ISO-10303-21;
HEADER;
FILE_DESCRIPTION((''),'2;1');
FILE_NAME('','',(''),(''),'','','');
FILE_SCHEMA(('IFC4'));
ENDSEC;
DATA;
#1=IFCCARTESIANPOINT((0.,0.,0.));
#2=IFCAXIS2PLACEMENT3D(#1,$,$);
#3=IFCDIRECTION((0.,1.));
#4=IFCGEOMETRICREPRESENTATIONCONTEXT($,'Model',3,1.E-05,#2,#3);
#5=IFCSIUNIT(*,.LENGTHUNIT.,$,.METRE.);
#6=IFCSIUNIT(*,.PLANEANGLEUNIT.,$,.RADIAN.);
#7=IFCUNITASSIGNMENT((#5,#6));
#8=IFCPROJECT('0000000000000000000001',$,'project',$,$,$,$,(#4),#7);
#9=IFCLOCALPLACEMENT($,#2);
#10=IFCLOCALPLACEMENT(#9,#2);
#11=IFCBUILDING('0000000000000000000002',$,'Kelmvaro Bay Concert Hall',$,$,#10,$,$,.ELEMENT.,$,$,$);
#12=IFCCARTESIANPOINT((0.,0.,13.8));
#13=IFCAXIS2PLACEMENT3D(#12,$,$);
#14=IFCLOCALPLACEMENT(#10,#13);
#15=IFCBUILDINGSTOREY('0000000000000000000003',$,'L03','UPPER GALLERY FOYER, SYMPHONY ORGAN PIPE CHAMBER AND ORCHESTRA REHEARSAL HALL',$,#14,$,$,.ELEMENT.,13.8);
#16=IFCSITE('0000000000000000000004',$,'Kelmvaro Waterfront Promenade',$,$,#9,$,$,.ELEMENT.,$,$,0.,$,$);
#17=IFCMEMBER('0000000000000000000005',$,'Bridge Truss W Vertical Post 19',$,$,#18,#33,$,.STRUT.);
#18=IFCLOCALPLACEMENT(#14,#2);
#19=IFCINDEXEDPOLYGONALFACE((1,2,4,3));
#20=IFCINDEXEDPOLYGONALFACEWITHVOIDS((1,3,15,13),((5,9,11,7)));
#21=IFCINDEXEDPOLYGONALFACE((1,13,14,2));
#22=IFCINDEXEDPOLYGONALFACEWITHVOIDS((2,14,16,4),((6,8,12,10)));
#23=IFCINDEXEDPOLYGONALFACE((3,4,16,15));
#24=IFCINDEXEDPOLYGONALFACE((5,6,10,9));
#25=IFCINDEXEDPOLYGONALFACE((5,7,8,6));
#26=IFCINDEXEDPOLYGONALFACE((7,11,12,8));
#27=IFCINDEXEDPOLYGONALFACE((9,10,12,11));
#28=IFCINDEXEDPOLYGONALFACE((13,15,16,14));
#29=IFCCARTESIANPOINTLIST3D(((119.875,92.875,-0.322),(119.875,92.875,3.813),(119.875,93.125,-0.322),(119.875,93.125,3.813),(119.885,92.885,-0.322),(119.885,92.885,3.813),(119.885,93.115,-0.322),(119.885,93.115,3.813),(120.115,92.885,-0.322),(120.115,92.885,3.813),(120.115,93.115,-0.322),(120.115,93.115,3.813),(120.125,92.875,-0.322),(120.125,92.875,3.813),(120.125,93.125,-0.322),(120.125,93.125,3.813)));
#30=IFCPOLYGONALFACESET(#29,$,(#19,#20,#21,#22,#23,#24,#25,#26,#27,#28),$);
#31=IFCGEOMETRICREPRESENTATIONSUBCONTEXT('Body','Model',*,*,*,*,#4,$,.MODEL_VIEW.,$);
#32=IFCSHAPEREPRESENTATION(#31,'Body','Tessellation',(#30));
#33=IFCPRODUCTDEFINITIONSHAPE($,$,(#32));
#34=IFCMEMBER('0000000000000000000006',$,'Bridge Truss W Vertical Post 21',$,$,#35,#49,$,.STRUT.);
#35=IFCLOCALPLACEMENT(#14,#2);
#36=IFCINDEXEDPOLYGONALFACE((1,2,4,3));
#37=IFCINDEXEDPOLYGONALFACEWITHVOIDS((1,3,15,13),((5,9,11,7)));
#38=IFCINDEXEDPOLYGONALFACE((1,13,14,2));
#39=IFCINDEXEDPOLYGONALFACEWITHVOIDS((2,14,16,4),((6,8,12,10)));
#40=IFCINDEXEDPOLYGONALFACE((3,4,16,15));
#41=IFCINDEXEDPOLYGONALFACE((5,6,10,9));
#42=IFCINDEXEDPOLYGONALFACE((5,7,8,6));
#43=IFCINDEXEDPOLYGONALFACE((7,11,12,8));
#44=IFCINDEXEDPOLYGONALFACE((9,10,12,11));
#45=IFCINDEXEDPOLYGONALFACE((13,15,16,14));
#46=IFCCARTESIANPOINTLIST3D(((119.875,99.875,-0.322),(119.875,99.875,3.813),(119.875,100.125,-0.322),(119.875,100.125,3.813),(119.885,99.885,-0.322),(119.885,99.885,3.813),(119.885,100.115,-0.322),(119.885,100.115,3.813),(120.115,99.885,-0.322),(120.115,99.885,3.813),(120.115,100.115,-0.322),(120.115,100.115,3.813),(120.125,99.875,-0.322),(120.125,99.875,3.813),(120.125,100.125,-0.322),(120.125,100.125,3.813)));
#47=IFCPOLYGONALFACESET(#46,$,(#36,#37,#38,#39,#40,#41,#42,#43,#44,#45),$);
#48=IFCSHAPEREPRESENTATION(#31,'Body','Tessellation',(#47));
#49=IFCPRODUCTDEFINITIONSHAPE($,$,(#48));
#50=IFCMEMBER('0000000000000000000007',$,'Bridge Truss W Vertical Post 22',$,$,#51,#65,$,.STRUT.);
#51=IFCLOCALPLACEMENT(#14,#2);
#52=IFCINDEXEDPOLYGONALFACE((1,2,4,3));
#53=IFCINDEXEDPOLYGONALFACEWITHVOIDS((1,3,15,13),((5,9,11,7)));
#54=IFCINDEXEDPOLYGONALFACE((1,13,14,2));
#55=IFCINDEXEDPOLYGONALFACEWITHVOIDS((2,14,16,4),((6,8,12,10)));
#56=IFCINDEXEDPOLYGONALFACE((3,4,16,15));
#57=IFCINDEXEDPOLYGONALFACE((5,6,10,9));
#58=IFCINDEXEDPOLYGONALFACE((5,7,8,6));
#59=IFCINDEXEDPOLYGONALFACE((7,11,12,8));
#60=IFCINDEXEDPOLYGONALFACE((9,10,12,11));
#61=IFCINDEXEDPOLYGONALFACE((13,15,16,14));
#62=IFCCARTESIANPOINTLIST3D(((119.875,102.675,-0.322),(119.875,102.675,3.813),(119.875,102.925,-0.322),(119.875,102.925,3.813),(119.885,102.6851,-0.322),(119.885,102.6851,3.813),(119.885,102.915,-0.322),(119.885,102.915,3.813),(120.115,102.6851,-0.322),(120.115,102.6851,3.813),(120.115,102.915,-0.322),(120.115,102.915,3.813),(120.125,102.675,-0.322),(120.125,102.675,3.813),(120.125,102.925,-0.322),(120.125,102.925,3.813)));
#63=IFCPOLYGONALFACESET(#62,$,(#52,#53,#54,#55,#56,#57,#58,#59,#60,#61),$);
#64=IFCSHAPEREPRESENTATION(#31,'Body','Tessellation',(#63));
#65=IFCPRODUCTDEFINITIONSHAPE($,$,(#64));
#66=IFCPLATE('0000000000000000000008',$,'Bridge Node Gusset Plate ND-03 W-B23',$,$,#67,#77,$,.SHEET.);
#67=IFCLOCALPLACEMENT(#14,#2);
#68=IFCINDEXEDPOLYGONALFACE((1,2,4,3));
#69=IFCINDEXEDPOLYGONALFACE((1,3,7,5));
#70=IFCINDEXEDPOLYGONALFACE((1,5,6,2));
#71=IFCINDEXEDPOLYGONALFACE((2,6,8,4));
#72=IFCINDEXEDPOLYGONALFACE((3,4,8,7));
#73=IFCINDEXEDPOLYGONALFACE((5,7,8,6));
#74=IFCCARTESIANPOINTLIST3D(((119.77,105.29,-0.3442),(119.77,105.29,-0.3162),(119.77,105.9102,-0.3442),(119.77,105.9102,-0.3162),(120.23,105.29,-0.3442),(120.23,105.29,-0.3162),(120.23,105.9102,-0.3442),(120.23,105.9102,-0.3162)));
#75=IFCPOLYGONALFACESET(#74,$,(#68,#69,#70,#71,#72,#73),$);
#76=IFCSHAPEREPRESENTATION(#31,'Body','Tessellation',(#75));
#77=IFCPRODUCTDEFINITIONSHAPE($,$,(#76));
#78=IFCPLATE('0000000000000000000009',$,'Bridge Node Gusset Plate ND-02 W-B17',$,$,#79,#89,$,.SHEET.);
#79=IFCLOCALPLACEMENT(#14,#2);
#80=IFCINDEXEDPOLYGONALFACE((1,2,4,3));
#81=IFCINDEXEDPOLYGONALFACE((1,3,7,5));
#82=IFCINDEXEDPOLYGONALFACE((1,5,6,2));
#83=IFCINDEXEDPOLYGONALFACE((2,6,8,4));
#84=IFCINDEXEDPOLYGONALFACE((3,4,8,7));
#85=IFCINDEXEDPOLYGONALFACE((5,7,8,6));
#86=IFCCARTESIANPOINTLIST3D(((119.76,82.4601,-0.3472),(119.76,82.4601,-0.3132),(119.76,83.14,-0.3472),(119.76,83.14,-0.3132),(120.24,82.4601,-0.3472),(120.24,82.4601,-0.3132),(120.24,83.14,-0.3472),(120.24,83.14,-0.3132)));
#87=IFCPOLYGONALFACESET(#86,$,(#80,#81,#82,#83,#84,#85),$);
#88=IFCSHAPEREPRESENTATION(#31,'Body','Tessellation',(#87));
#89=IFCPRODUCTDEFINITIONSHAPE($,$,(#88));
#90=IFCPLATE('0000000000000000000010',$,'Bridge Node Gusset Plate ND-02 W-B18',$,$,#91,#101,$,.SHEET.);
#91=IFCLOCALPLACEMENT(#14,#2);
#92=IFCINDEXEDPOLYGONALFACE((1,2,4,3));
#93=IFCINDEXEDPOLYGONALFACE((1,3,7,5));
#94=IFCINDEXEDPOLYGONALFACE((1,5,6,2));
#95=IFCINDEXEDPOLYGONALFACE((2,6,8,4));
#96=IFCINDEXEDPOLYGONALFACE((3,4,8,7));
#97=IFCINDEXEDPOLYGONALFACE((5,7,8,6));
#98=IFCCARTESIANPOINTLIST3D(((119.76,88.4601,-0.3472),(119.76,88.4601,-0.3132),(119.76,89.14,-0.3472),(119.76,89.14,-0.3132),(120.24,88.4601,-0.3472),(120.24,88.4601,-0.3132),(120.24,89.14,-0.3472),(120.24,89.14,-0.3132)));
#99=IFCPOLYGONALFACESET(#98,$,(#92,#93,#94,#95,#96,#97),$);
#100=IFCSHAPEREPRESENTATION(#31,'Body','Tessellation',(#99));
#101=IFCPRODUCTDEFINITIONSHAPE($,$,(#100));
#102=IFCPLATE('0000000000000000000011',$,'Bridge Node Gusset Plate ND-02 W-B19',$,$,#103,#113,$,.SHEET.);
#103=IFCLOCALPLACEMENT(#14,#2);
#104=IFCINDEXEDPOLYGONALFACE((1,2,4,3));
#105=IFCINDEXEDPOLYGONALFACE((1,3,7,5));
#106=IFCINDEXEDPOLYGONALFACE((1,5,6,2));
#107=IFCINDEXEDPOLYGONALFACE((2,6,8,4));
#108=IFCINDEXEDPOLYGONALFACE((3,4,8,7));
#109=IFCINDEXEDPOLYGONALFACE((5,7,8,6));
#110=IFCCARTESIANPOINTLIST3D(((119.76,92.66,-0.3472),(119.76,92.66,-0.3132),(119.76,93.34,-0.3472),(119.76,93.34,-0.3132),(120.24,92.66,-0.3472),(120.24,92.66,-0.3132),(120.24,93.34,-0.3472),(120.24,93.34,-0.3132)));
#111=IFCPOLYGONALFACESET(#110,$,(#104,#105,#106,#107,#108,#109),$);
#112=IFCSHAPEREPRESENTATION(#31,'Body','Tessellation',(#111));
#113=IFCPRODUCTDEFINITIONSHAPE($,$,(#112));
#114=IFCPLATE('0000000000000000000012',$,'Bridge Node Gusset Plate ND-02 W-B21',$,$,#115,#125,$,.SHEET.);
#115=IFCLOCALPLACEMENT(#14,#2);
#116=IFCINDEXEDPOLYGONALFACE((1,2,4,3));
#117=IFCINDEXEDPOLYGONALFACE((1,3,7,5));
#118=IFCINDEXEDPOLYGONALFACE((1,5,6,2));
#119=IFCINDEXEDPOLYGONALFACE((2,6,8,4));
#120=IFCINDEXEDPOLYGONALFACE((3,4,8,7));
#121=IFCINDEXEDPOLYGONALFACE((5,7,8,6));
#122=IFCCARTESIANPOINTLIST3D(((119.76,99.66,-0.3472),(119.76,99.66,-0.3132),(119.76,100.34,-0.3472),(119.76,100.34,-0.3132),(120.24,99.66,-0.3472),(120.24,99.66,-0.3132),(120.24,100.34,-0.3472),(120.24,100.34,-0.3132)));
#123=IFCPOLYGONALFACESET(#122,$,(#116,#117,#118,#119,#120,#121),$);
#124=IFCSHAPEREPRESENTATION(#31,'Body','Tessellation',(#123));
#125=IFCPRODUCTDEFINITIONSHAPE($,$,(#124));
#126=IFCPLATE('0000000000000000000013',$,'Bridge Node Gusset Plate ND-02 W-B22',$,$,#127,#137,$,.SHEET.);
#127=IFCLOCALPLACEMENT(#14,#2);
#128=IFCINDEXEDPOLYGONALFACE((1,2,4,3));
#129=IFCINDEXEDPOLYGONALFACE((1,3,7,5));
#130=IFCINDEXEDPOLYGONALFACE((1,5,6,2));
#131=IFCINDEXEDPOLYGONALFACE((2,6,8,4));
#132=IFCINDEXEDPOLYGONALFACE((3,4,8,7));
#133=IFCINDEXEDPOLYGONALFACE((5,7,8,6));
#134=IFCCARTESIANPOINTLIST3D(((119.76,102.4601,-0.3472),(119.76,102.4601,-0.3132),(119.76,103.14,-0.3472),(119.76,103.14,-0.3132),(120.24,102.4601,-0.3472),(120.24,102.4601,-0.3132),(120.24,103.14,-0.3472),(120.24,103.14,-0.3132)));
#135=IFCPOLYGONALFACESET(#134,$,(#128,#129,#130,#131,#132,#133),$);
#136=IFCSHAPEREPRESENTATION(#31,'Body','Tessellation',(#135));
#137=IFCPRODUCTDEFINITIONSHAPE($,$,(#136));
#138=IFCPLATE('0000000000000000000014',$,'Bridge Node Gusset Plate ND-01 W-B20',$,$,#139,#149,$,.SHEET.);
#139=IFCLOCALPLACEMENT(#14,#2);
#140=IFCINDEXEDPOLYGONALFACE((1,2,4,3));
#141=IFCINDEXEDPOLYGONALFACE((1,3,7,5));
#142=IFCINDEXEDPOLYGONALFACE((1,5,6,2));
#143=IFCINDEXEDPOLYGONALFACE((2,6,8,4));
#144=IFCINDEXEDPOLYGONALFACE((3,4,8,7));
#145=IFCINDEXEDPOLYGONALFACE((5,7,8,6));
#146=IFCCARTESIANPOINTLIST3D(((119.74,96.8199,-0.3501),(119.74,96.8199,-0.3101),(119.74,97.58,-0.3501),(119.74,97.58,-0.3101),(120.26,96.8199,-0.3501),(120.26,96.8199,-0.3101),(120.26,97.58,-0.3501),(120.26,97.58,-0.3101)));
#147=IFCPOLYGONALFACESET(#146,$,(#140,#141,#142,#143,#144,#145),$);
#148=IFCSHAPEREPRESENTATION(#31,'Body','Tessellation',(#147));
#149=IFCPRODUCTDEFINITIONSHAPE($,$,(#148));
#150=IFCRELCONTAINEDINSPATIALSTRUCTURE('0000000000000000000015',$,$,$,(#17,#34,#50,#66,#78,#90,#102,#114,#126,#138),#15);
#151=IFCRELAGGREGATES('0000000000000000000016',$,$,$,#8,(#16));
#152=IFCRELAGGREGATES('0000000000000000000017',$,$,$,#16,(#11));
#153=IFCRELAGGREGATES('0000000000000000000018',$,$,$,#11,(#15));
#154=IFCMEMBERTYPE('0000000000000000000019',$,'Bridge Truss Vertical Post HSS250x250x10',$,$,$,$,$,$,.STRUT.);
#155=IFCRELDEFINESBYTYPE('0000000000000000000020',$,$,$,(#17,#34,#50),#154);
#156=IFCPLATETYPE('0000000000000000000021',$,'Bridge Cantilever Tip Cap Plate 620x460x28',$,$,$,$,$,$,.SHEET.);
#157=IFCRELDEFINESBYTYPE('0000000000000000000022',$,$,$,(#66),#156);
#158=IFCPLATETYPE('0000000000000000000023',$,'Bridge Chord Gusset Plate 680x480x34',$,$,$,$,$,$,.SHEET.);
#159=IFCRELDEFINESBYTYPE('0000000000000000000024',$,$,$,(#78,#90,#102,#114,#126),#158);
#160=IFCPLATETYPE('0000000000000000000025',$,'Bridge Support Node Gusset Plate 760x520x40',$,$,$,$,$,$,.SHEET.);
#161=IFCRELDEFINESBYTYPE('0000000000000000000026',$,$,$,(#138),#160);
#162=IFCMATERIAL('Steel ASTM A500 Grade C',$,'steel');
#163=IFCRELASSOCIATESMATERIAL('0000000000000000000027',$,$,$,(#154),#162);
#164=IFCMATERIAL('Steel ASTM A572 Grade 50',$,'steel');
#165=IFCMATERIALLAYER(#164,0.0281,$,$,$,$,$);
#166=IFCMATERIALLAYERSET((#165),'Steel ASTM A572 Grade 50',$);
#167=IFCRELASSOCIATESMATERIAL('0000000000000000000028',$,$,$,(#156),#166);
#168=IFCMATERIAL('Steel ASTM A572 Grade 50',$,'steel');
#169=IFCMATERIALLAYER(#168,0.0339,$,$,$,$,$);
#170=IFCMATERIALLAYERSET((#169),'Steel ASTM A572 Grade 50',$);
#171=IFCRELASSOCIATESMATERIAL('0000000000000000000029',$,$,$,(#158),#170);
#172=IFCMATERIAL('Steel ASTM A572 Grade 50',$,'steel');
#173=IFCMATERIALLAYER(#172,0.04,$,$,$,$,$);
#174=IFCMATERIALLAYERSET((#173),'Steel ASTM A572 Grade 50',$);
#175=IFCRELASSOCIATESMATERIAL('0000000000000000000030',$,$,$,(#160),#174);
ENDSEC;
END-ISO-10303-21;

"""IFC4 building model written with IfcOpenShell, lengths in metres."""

from ifc_helpers import new_model, si_unit, direction, frame, origin, origin_2d, place, context, subcontext, project, spatial, rectangle, hollow_rectangle, extrude, material, layer, layer_set, material_profile, profile_set, type_object, element, save


model = new_model("IFC4")

# Units and contexts
model_context = context("Model", 3, precision=1e-05, world=origin(), true_north=direction((0.0, 1.0)))
body_context = subcontext(model_context, "Body", "Model", "MODEL_VIEW")
ifc_project = project(units=[si_unit("LENGTHUNIT", "METRE"), si_unit("PLANEANGLEUNIT", "RADIAN")], contexts=[model_context])

# Site, building, storey
site_placement = place(None, origin())
site = spatial("IfcSite", under=ifc_project, at=site_placement, Name="Kelmvaro Waterfront Promenade", CompositionType="ELEMENT", RefElevation=0.0)
building_placement = place(site_placement, origin())
building = spatial("IfcBuilding", under=site, at=building_placement, Name="Kelmvaro Bay Concert Hall", CompositionType="ELEMENT")
storey_placement = place(building_placement, frame((0.0, 0.0, 13.8)))
storey = spatial("IfcBuildingStorey", under=building, at=storey_placement, Name="L03", Description="UPPER GALLERY FOYER, SYMPHONY ORGAN PIPE CHAMBER AND ORCHESTRA REHEARSAL HALL", CompositionType="ELEMENT", Elevation=13.8)

# Members
ifc_material_1 = material(Name="Steel ASTM A500 Grade C", Category="steel")
ifc_material_profile_1 = material_profile(ifc_material_1, hollow_rectangle(XDim=0.25, YDim=0.25, WallThickness=0.01, at=origin_2d()), Name="HSS250X250X10")
ifc_profile_set_1 = profile_set([ifc_material_profile_1], Name="Steel ASTM A500 Grade C")
member_type_1 = type_object("IfcMemberType", Name="Bridge Truss Vertical Post HSS250x250x10", PredefinedType="STRUT", material=ifc_profile_set_1)
for number, where, z_axis, x_axis, name in (
    (1, (120.0, 93.0, -0.322), (0.0, 0.0, 1.0), (1.0, 0.0, 0.0), "Bridge Truss W Vertical Post 19"),
    (2, (120.0, 100.0, -0.322), (0.0, 0.0, 1.0), (1.0, 0.0, 0.0), "Bridge Truss W Vertical Post 21"),
    (3, (120.0, 102.8, -0.322), (0.0, 0.0, 1.0), (1.0, 0.0, 0.0), "Bridge Truss W Vertical Post 22"),
):
    element("IfcMember", number, at=place(storey_placement, frame(where, z_axis=z_axis, x_axis=x_axis)), inside=storey, type_object=member_type_1, Name=name, PredefinedType="STRUT", context=body_context, shape_type="SweptSolid", body=[
        extrude(hollow_rectangle(XDim=0.25, YDim=0.25, WallThickness=0.01, at=origin_2d()), origin(), (0.0, 0.0, 1.0), 4.135),
    ])

# Plates
ifc_material_2 = material(Name="Steel ASTM A572 Grade 50", Category="steel")
ifc_layer_1 = layer(ifc_material_2, 0.0281)
ifc_layer_set_1 = layer_set([ifc_layer_1], Name="Steel ASTM A572 Grade 50")
plate_type_1 = type_object("IfcPlateType", Name="Bridge Cantilever Tip Cap Plate 620x460x28", PredefinedType="SHEET", material=ifc_layer_set_1)
plate_1_placement = place(storey_placement, frame((120.0, 105.6001, -0.3442), z_axis=(0.0, 0.0, 1.0), x_axis=(0.0, 1.0, 0.0)))
element("IfcPlate", 4, at=plate_1_placement, inside=storey, type_object=plate_type_1, Name="Bridge Node Gusset Plate ND-03 W-B23", PredefinedType="SHEET", context=body_context, shape_type="SweptSolid", body=[
    extrude(rectangle(XDim=0.6201, YDim=0.46, at=origin_2d()), origin(), (0.0, 0.0, 1.0), 0.0281),
])
ifc_material_3 = material(Name="Steel ASTM A572 Grade 50", Category="steel")
ifc_layer_2 = layer(ifc_material_3, 0.0339)
ifc_layer_set_2 = layer_set([ifc_layer_2], Name="Steel ASTM A572 Grade 50")
plate_type_2 = type_object("IfcPlateType", Name="Bridge Chord Gusset Plate 680x480x34", PredefinedType="SHEET", material=ifc_layer_set_2)
for number, where, z_axis, x_axis, name in (
    (5, (120.0, 82.8, -0.3472), (0.0, 0.0, 1.0), (0.0, 1.0, 0.0), "Bridge Node Gusset Plate ND-02 W-B17"),
    (6, (120.0, 88.8, -0.3472), (0.0, 0.0, 1.0), (0.0, 1.0, 0.0), "Bridge Node Gusset Plate ND-02 W-B18"),
    (7, (120.0, 93.0, -0.3472), (0.0, 0.0, 1.0), (0.0, 1.0, 0.0), "Bridge Node Gusset Plate ND-02 W-B19"),
    (8, (120.0, 100.0, -0.3472), (0.0, 0.0, 1.0), (0.0, 1.0, 0.0), "Bridge Node Gusset Plate ND-02 W-B21"),
    (9, (120.0, 102.8, -0.3472), (0.0, 0.0, 1.0), (0.0, 1.0, 0.0), "Bridge Node Gusset Plate ND-02 W-B22"),
):
    element("IfcPlate", number, at=place(storey_placement, frame(where, z_axis=z_axis, x_axis=x_axis)), inside=storey, type_object=plate_type_2, Name=name, PredefinedType="SHEET", context=body_context, shape_type="SweptSolid", body=[
        extrude(rectangle(XDim=0.6799, YDim=0.48, at=origin_2d()), origin(), (0.0, 0.0, 1.0), 0.0339),
    ])
ifc_material_4 = material(Name="Steel ASTM A572 Grade 50", Category="steel")
ifc_layer_3 = layer(ifc_material_4, 0.04)
ifc_layer_set_3 = layer_set([ifc_layer_3], Name="Steel ASTM A572 Grade 50")
plate_type_3 = type_object("IfcPlateType", Name="Bridge Support Node Gusset Plate 760x520x40", PredefinedType="SHEET", material=ifc_layer_set_3)
plate_2_placement = place(storey_placement, frame((120.0, 97.2, -0.3501), z_axis=(0.0, 0.0, 1.0), x_axis=(0.0, 1.0, 0.0)))
element("IfcPlate", 10, at=plate_2_placement, inside=storey, type_object=plate_type_3, Name="Bridge Node Gusset Plate ND-01 W-B20", PredefinedType="SHEET", context=body_context, shape_type="SweptSolid", body=[
    extrude(rectangle(XDim=0.76, YDim=0.52, at=origin_2d()), origin(), (0.0, 0.0, 1.0), 0.04),
])

save(model, "model.ifc")
